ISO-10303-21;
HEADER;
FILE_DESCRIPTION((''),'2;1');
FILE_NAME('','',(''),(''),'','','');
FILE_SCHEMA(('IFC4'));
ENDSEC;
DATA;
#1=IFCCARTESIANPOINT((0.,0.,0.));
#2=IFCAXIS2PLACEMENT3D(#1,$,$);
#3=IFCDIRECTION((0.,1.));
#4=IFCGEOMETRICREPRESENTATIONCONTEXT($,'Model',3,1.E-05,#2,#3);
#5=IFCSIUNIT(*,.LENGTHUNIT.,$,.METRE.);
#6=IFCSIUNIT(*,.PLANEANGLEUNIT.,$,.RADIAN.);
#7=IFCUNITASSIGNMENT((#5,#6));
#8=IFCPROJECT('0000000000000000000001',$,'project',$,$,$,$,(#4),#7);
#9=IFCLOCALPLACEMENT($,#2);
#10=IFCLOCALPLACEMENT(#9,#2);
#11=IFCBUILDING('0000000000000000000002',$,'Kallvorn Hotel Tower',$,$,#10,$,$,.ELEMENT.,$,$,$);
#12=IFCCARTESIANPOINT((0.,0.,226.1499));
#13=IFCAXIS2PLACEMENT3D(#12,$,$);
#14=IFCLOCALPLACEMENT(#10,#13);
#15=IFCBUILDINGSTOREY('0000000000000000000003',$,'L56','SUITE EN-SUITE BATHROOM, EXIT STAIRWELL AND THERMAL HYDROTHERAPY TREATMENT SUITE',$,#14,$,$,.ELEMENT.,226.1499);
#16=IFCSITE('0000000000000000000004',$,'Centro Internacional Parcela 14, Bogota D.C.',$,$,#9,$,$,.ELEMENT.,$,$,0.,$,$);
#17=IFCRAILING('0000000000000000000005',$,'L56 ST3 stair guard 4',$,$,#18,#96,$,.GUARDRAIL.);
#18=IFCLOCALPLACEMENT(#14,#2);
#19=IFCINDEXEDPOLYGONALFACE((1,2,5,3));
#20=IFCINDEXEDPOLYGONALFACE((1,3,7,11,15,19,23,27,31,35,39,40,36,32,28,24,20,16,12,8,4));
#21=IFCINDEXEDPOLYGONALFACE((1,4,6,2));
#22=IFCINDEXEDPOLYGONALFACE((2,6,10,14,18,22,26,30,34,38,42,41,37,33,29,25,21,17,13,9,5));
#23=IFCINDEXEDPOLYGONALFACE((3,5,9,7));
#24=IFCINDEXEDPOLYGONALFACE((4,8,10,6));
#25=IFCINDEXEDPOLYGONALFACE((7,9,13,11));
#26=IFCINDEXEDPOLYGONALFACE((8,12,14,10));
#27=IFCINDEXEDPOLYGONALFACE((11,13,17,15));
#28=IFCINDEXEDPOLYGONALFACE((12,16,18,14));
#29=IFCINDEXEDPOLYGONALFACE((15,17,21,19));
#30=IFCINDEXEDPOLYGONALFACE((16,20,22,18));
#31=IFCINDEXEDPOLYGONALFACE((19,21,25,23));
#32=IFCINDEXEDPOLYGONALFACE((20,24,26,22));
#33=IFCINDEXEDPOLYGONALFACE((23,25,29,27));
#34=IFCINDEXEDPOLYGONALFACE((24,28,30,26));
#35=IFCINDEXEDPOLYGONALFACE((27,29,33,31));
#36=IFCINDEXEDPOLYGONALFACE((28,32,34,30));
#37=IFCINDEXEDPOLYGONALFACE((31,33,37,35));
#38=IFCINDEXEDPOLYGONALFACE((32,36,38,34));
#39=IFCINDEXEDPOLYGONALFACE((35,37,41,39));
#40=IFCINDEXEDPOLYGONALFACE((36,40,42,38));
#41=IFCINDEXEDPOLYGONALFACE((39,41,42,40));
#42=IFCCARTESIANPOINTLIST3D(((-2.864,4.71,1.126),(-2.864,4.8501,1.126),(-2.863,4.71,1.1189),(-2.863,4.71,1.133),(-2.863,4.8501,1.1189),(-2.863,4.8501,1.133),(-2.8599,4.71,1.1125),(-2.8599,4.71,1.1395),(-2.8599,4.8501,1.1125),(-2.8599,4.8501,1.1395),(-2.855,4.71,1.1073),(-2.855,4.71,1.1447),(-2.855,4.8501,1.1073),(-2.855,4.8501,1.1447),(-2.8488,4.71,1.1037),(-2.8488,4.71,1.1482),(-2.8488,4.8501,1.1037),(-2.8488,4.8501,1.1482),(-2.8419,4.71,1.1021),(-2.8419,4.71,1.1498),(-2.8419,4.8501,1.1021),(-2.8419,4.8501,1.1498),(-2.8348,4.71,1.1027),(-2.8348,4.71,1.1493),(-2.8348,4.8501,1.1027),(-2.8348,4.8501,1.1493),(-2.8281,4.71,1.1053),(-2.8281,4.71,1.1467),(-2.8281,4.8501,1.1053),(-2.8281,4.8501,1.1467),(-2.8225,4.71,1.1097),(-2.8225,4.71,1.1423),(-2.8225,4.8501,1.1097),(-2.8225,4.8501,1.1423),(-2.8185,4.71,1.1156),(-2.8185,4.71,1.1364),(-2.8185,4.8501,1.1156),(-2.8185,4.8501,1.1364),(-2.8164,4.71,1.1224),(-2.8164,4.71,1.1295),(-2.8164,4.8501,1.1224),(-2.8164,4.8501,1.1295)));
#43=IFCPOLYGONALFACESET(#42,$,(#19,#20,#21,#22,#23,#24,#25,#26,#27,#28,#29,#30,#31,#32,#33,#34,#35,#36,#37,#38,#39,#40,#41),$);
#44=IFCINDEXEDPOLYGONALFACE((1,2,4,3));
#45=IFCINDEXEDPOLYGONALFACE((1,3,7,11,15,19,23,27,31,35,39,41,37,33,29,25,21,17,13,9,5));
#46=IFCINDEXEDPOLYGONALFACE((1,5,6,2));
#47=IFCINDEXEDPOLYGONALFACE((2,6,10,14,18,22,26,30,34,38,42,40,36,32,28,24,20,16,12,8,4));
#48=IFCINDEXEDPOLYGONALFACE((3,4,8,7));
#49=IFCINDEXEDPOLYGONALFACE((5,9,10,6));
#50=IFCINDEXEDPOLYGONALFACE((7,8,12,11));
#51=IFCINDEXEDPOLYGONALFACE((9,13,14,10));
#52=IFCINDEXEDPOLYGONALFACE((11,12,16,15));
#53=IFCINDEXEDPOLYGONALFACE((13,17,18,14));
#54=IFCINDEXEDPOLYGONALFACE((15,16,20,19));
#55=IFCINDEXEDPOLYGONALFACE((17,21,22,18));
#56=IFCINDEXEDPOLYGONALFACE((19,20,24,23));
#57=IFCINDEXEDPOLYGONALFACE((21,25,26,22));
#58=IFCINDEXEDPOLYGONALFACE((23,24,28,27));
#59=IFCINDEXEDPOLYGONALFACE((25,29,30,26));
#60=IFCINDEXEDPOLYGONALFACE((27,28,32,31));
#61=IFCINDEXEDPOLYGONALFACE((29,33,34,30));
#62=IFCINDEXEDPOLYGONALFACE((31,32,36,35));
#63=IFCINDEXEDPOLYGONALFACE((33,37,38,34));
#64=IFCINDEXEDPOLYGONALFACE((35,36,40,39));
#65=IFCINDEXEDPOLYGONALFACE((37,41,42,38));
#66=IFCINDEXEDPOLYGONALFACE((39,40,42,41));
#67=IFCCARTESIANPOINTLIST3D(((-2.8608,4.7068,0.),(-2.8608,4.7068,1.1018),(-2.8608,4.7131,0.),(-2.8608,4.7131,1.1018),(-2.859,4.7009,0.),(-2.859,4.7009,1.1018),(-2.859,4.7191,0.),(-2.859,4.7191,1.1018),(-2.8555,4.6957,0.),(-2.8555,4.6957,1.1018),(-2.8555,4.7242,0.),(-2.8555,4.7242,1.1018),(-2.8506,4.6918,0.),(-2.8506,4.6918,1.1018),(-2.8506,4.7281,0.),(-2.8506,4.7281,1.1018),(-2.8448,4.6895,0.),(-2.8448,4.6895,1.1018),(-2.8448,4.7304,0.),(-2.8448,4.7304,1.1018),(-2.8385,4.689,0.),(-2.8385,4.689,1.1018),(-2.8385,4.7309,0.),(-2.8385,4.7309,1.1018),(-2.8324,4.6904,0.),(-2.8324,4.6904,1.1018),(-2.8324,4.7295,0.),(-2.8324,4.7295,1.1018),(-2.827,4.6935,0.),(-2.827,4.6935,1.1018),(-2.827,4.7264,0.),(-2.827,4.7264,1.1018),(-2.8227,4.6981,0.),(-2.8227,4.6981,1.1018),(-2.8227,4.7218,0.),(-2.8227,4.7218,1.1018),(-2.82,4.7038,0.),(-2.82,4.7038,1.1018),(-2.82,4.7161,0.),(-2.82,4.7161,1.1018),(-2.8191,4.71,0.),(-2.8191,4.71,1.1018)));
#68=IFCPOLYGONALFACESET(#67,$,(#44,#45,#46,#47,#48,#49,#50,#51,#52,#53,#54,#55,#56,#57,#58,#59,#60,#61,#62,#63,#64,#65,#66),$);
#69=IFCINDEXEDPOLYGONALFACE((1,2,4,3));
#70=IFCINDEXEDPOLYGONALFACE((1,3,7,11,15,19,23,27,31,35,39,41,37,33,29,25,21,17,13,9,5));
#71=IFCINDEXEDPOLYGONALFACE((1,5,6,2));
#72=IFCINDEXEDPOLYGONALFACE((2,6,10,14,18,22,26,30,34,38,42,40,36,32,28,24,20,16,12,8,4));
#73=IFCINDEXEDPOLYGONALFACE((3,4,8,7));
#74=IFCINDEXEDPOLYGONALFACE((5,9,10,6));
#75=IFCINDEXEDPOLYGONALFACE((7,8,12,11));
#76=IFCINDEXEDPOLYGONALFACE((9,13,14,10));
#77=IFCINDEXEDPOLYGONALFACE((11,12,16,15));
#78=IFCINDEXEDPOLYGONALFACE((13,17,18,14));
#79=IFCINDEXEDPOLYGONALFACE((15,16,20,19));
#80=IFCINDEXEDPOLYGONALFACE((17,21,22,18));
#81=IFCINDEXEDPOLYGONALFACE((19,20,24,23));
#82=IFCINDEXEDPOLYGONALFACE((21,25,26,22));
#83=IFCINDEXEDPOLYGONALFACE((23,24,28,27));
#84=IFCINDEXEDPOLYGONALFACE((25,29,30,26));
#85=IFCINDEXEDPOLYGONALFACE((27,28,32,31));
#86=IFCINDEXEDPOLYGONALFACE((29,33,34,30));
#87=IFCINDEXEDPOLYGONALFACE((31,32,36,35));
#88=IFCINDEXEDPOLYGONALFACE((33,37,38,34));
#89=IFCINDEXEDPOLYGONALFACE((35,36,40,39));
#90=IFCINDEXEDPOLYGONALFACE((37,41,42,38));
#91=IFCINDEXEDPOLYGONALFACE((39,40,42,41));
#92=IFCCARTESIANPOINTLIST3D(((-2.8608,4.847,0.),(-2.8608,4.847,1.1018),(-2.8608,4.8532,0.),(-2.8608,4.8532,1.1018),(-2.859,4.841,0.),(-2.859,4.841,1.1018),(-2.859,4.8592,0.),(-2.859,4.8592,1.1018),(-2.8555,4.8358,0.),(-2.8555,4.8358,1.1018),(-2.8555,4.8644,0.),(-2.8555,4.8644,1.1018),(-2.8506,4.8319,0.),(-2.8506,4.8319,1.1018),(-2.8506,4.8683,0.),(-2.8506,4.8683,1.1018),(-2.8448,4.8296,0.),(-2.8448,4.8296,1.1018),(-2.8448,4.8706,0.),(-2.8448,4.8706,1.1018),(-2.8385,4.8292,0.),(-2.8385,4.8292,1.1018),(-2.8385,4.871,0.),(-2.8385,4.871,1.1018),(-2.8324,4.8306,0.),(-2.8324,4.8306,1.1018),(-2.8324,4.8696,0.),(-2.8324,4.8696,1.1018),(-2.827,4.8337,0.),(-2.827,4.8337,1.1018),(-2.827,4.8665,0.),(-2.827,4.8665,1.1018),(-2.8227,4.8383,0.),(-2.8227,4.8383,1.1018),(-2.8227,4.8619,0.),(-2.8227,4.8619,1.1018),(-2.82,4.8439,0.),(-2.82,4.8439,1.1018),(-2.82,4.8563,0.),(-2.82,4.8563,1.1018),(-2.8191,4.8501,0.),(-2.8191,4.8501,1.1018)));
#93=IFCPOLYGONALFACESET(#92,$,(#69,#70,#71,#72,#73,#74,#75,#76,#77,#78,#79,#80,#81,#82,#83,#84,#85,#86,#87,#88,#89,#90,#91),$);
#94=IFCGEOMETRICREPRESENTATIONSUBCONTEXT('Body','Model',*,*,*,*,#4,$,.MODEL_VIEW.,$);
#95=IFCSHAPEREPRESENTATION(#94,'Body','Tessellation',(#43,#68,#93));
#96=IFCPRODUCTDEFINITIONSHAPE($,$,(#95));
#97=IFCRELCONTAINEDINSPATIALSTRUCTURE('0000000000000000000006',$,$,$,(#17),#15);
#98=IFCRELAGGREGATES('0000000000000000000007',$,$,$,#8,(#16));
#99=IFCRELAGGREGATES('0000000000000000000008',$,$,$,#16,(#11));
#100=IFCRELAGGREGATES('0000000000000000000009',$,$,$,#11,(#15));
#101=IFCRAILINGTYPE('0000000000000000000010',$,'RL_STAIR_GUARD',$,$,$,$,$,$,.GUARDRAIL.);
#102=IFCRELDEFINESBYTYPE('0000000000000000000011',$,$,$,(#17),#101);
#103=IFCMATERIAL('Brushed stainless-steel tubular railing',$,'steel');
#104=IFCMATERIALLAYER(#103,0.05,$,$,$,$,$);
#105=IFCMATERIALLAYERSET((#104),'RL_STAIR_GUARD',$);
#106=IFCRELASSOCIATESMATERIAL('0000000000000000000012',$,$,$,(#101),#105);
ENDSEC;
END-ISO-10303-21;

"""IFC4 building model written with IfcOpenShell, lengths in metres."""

from ifc_helpers import new_model, si_unit, direction, frame, origin, origin_2d, place, context, subcontext, project, spatial, circle, extrude, material, layer, layer_set, type_object, element, save


model = new_model("IFC4")

# Units and contexts
model_context = context("Model", 3, precision=1e-05, world=origin(), true_north=direction((0.0, 1.0)))
body_context = subcontext(model_context, "Body", "Model", "MODEL_VIEW")
ifc_project = project(units=[si_unit("LENGTHUNIT", "METRE"), si_unit("PLANEANGLEUNIT", "RADIAN")], contexts=[model_context])

# Site, building, storey
site_placement = place(None, origin())
site = spatial("IfcSite", under=ifc_project, at=site_placement, Name="Centro Internacional Parcela 14, Bogota D.C.", CompositionType="ELEMENT", RefElevation=0.0)
building_placement = place(site_placement, origin())
building = spatial("IfcBuilding", under=site, at=building_placement, Name="Kallvorn Hotel Tower", CompositionType="ELEMENT")
storey_placement = place(building_placement, frame((0.0, 0.0, 226.1499)))
storey = spatial("IfcBuildingStorey", under=building, at=storey_placement, Name="L56", Description="SUITE EN-SUITE BATHROOM, EXIT STAIRWELL AND THERMAL HYDROTHERAPY TREATMENT SUITE", CompositionType="ELEMENT", Elevation=226.1499)

# Railing
ifc_material_1 = material(Name="Brushed stainless-steel tubular railing", Category="steel")
ifc_layer_1 = layer(ifc_material_1, 0.05)
ifc_layer_set_1 = layer_set([ifc_layer_1], Name="RL_STAIR_GUARD")
railing_type_1 = type_object("IfcRailingType", Name="RL_STAIR_GUARD", PredefinedType="GUARDRAIL", material=ifc_layer_set_1)
railing_1_placement = place(storey_placement, frame((-2.8401, 4.71, 0.0)))
element("IfcRailing", 1, at=railing_1_placement, inside=storey, type_object=railing_type_1, Name="L56 ST3 stair guard 4", PredefinedType="GUARDRAIL", context=body_context, shape_type="SweptSolid", body=[
    extrude(circle(Radius=0.0239, at=origin_2d()), frame((0.0, 0.0, 1.126), z_axis=(0.0, 1.0, 0.0), x_axis=(-1.0, 0.0, 0.0)), (0.0, 0.0, 1.0), 0.1401),
    extrude(circle(Radius=0.021, at=origin_2d()), origin(), (0.0, 0.0, 1.0), 1.1018),
    extrude(circle(Radius=0.021, at=origin_2d()), frame((0.0, 0.1401, 0.0)), (0.0, 0.0, 1.0), 1.1018),
])

save(model, "model.ifc")
